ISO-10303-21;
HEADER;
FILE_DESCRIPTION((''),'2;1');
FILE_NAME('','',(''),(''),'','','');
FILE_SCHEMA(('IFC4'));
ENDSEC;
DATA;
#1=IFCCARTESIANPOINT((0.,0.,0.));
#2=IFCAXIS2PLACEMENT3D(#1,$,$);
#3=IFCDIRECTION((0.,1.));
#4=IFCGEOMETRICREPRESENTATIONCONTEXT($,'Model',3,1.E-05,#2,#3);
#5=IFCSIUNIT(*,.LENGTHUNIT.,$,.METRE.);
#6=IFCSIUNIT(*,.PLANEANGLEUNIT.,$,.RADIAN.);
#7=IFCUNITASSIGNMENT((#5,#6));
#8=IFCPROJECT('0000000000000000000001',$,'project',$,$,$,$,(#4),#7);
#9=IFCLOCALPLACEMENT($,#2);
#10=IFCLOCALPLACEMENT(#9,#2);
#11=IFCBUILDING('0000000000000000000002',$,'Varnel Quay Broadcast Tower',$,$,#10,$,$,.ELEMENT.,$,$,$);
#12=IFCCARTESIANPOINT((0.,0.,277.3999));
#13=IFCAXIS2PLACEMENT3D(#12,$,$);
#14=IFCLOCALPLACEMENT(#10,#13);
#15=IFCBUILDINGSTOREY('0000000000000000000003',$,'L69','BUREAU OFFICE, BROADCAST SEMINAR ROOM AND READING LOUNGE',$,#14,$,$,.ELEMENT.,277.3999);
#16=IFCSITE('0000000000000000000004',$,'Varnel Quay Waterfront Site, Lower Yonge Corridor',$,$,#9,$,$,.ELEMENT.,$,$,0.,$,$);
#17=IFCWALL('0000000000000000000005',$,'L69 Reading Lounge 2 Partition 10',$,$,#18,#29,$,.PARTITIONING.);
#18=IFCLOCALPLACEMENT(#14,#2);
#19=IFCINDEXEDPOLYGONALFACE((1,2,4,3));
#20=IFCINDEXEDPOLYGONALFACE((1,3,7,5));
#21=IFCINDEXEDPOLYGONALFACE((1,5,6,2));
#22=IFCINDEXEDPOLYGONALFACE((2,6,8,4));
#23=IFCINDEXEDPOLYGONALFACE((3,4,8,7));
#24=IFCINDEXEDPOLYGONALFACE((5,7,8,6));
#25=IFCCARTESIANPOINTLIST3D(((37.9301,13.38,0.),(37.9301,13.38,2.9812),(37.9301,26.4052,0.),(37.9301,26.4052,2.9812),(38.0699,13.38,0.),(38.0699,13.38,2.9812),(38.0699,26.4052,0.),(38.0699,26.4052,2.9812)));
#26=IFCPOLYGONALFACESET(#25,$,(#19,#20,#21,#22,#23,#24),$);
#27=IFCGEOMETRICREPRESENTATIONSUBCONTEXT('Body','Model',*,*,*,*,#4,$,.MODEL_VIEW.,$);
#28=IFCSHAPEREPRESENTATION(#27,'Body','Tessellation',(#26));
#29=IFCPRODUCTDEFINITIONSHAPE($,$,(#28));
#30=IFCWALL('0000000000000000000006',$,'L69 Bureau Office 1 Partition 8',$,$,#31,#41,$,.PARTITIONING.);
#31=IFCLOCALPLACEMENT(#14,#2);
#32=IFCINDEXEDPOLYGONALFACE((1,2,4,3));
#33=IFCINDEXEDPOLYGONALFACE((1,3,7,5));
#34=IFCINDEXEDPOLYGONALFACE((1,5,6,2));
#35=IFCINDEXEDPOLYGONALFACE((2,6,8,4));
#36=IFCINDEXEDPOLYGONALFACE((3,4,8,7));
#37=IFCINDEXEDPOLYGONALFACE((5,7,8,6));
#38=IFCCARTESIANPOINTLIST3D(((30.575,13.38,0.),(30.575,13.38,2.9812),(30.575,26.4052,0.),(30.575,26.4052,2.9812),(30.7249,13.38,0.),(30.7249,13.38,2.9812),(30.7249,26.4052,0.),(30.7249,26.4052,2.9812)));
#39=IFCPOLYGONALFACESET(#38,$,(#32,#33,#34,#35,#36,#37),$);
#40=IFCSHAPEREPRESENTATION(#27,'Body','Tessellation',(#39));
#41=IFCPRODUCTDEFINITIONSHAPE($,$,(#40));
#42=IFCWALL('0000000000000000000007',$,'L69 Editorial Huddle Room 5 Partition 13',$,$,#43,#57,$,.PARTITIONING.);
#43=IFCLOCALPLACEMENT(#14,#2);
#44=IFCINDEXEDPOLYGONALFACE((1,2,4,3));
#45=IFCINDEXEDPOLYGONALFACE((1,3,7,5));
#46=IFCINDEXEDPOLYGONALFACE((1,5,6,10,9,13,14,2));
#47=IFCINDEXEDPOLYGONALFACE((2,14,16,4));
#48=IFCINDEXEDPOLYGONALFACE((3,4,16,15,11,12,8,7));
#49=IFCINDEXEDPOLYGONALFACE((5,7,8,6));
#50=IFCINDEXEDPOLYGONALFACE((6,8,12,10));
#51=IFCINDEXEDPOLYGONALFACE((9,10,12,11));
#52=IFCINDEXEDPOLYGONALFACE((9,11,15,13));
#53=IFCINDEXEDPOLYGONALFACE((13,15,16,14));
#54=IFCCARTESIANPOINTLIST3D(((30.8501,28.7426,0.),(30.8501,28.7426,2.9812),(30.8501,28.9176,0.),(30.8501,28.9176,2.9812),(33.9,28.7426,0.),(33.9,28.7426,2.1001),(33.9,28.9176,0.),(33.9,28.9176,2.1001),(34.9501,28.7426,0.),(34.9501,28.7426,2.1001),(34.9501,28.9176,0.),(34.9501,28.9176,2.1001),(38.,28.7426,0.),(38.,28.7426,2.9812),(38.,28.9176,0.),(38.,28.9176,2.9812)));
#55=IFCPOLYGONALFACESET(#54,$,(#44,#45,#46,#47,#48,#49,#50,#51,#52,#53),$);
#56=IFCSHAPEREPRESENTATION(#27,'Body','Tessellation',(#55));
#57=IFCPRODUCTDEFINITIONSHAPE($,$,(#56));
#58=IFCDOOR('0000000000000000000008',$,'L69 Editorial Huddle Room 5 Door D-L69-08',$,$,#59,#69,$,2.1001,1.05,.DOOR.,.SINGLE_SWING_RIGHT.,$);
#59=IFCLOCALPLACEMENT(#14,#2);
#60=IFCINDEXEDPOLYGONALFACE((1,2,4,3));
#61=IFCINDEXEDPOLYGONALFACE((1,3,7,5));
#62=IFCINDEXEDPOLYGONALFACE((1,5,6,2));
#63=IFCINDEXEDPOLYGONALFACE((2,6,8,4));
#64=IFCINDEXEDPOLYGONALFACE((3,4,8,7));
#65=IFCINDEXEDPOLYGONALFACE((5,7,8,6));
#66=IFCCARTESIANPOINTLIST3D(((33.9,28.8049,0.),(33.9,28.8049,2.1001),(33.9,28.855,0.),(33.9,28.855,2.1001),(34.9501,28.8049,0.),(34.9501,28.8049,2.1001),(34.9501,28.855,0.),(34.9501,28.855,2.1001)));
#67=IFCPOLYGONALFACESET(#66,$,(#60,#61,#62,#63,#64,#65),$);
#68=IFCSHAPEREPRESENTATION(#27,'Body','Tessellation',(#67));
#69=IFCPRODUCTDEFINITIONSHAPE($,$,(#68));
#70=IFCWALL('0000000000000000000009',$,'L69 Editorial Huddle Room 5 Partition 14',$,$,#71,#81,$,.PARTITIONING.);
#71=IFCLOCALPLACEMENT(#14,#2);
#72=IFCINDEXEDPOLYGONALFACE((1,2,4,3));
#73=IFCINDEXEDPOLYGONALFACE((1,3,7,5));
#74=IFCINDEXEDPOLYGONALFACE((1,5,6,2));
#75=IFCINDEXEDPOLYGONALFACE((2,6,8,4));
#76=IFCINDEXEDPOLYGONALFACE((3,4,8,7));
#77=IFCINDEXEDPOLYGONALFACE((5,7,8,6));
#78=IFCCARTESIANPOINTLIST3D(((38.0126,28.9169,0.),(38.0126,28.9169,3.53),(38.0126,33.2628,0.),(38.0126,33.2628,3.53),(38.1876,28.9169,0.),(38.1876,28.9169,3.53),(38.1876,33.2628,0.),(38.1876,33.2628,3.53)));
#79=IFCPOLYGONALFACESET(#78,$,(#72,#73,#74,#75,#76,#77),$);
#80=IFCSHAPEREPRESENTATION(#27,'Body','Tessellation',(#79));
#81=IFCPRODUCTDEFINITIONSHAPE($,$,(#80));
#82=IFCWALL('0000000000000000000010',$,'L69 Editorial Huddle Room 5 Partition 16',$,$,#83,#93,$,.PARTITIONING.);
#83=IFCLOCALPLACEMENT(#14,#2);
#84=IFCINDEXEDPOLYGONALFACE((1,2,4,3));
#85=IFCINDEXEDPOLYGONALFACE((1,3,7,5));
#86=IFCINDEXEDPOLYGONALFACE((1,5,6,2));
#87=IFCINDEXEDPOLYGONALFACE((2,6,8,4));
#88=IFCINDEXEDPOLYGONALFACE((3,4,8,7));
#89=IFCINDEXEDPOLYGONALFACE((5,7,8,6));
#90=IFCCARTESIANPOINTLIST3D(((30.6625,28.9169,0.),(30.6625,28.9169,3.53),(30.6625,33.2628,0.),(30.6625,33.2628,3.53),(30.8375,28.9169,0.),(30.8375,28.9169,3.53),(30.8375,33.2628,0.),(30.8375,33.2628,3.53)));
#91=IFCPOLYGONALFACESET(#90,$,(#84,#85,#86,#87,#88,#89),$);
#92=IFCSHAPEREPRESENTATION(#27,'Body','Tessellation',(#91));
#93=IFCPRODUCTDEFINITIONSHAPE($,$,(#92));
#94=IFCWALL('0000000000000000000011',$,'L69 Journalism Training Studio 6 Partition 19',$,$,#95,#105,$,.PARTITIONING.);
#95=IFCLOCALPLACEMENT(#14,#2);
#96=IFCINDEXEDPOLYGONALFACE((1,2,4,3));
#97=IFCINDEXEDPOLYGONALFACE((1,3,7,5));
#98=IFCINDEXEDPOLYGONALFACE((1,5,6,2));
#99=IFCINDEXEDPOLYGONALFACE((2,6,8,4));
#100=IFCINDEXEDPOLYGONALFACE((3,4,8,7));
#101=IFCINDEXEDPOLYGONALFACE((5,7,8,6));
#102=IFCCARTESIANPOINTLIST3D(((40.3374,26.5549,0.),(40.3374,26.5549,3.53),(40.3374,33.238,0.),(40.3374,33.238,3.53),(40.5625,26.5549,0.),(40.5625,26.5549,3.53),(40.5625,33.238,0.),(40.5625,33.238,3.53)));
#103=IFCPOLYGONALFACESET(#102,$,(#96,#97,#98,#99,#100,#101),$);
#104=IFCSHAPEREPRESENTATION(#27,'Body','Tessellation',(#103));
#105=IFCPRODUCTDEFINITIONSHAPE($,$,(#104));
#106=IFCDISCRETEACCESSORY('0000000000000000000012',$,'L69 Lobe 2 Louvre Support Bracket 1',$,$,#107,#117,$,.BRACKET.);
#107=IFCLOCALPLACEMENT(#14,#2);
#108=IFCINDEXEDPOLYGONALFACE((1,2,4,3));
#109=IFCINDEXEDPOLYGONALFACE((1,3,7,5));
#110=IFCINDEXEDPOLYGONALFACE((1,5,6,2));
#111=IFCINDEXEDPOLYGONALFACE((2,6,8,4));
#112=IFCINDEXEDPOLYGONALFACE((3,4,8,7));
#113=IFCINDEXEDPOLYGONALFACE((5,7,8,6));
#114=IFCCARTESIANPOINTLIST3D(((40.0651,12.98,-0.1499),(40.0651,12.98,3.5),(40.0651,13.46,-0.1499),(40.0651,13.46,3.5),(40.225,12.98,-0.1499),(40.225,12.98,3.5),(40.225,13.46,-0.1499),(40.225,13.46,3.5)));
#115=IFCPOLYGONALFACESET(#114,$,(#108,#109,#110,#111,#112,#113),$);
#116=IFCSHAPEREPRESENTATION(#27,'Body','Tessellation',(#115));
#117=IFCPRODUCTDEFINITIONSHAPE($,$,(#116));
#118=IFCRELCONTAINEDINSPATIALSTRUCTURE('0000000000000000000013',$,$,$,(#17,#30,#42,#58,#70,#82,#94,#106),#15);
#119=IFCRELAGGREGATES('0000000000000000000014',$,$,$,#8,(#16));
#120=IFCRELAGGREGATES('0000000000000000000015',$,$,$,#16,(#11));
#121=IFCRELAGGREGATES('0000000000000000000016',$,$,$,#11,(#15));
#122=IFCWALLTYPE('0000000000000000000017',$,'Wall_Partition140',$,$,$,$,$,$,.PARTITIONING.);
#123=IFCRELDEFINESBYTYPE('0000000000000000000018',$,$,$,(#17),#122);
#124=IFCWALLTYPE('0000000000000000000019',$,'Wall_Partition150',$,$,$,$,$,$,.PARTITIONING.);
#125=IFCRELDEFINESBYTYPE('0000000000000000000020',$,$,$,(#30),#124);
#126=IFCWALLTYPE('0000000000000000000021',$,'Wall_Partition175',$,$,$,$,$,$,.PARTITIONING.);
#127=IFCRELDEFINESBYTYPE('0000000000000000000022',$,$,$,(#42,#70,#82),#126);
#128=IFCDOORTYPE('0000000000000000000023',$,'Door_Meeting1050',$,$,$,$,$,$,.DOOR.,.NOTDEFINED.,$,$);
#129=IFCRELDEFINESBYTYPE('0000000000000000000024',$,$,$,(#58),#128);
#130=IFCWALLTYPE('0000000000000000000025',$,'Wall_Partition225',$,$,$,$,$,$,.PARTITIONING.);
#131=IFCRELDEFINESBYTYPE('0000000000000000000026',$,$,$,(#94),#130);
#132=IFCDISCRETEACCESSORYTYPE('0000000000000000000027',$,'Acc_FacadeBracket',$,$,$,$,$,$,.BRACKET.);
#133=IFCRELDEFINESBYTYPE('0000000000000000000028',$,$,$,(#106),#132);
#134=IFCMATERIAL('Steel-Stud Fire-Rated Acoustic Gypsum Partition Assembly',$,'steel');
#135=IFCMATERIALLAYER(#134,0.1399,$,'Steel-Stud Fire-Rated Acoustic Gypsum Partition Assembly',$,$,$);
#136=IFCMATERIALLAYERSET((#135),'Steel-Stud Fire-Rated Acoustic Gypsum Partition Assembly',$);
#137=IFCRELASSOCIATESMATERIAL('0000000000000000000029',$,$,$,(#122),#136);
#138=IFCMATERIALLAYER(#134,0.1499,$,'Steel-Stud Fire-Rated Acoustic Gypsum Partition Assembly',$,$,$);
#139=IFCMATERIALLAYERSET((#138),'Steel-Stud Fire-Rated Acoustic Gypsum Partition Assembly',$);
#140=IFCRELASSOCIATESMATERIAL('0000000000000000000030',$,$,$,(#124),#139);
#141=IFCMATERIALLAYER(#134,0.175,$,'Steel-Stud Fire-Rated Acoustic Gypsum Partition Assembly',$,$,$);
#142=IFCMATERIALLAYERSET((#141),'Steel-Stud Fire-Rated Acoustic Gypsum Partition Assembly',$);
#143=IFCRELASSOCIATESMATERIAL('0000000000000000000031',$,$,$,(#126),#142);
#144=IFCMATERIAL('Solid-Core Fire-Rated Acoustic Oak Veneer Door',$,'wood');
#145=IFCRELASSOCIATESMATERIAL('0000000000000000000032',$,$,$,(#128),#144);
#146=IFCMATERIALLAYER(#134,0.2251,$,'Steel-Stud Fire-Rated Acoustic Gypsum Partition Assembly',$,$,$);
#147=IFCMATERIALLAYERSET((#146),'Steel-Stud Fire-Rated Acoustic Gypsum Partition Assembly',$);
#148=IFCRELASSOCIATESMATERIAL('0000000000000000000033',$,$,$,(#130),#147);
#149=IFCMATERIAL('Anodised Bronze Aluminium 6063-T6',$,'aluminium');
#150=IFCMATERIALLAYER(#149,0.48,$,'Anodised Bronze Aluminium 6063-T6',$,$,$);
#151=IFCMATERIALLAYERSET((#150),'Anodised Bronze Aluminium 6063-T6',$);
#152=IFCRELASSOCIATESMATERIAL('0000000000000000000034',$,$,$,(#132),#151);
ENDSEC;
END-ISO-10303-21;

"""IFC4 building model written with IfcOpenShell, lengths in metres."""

from ifc_helpers import new_model, si_unit, direction, frame, frame_2d, origin, origin_2d, place, context, subcontext, project, spatial, rectangle, extrude, source, transform, mapped, material, layer, layer_set, type_object, type_shapes, element, fill, save


model = new_model("IFC4")

# Units and contexts
model_context = context("Model", 3, precision=1e-05, world=origin(), true_north=direction((0.0, 1.0)))
body_context = subcontext(model_context, "Body", "Model", "MODEL_VIEW")
ifc_project = project(units=[si_unit("LENGTHUNIT", "METRE"), si_unit("PLANEANGLEUNIT", "RADIAN")], contexts=[model_context])

# Site, building, storey
site_placement = place(None, origin())
site = spatial("IfcSite", under=ifc_project, at=site_placement, Name="Varnel Quay Waterfront Site, Lower Yonge Corridor", CompositionType="ELEMENT", RefElevation=0.0)
building_placement = place(site_placement, origin())
building = spatial("IfcBuilding", under=site, at=building_placement, Name="Varnel Quay Broadcast Tower", CompositionType="ELEMENT")
storey_placement = place(building_placement, frame((0.0, 0.0, 277.3999)))
storey = spatial("IfcBuildingStorey", under=building, at=storey_placement, Name="L69", Description="BUREAU OFFICE, BROADCAST SEMINAR ROOM AND READING LOUNGE", CompositionType="ELEMENT", Elevation=277.3999)

# Shared definitions
ifc_material_1 = material(Name="Anodised Bronze Aluminium 6063-T6", Category="aluminium")

# Walls
ifc_material_2 = material(Name="Steel-Stud Fire-Rated Acoustic Gypsum Partition Assembly", Category="steel")
ifc_layer_1 = layer(ifc_material_2, 0.1399, Name="Steel-Stud Fire-Rated Acoustic Gypsum Partition Assembly")
ifc_layer_set_1 = layer_set([ifc_layer_1], Name="Steel-Stud Fire-Rated Acoustic Gypsum Partition Assembly")
wall_type_1 = type_object("IfcWallType", Name="Wall_Partition140", PredefinedType="PARTITIONING", material=ifc_layer_set_1)
wall_1_placement = place(storey_placement, frame((38.0, 13.3799, 0.0), z_axis=(0.0, 0.0, 1.0), x_axis=(0.0, 1.0, 0.0)))
element("IfcWall", 1, at=wall_1_placement, inside=storey, type_object=wall_type_1, Name="L69 Reading Lounge 2 Partition 10", PredefinedType="PARTITIONING", context=body_context, shape_type="SweptSolid", body=[
    extrude(rectangle(XDim=13.0251, YDim=0.1399, at=frame_2d((6.5127, 0.0))), origin(), (0.0, 0.0, 1.0), 2.9812),
])
ifc_layer_2 = layer(ifc_material_2, 0.1499, Name="Steel-Stud Fire-Rated Acoustic Gypsum Partition Assembly")
ifc_layer_set_2 = layer_set([ifc_layer_2], Name="Steel-Stud Fire-Rated Acoustic Gypsum Partition Assembly")
wall_type_2 = type_object("IfcWallType", Name="Wall_Partition150", PredefinedType="PARTITIONING", material=ifc_layer_set_2)
wall_2_placement = place(storey_placement, frame((30.6499, 13.3799, 0.0), z_axis=(0.0, 0.0, 1.0), x_axis=(0.0, 1.0, 0.0)))
element("IfcWall", 2, at=wall_2_placement, inside=storey, type_object=wall_type_2, Name="L69 Bureau Office 1 Partition 8", PredefinedType="PARTITIONING", context=body_context, shape_type="SweptSolid", body=[
    extrude(rectangle(XDim=13.0251, YDim=0.1499, at=frame_2d((6.5127, 0.0))), origin(), (0.0, 0.0, 1.0), 2.9812),
])

# Wall, opening, door
ifc_layer_3 = layer(ifc_material_2, 0.175, Name="Steel-Stud Fire-Rated Acoustic Gypsum Partition Assembly")
ifc_layer_set_3 = layer_set([ifc_layer_3], Name="Steel-Stud Fire-Rated Acoustic Gypsum Partition Assembly")
wall_type_3 = type_object("IfcWallType", Name="Wall_Partition175", PredefinedType="PARTITIONING", material=ifc_layer_set_3)
wall_3_placement = place(storey_placement, frame((30.8501, 28.8301, 0.0), z_axis=(0.0, 0.0, 1.0), x_axis=(1.0, 0.0, 0.0)))
wall_3 = element("IfcWall", 3, at=wall_3_placement, inside=storey, type_object=wall_type_3, Name="L69 Editorial Huddle Room 5 Partition 13", PredefinedType="PARTITIONING", context=body_context, shape_type="SweptSolid", body=[
    extrude(rectangle(XDim=7.1499, YDim=0.175, at=frame_2d((3.575, 0.0))), origin(), (0.0, 0.0, 1.0), 2.9812),
])
opening_placement = place(wall_3_placement, frame((3.05, 0.0, 0.0)))
opening = element("IfcOpeningElement", 4, at=opening_placement, cuts=wall_3, PredefinedType="OPENING", context=body_context, shape_type="SweptSolid", body=[
    extrude(rectangle(XDim=1.05, YDim=2.1001, at=frame_2d((0.5249, 1.05))), frame((0.0, 0.0977, 0.0), z_axis=(0.0, -1.0, 0.0), x_axis=(1.0, 0.0, 0.0)), (0.0, 0.0, 1.0), 0.1951),
])
ifc_material_3 = material(Name="Solid-Core Fire-Rated Acoustic Oak Veneer Door", Category="wood")
door_type = type_object("IfcDoorType", Name="Door_Meeting1050", OperationType="NOTDEFINED", PredefinedType="DOOR", material=ifc_material_3)
shared_shape_1 = source(origin(), body_context, "Body", "SweptSolid", [
    extrude(rectangle(XDim=1.05, YDim=2.1001, at=frame_2d((0.5249, 1.05))), frame((0.0, 0.0249, 0.0), z_axis=(0.0, -1.0, 0.0), x_axis=(1.0, 0.0, 0.0)), (0.0, 0.0, 1.0), 0.05),
])
type_shapes(door_type, [shared_shape_1])
door_placement = place(opening_placement, origin())
door = element("IfcDoor", 5, at=door_placement, inside=storey, type_object=door_type, Name="L69 Editorial Huddle Room 5 Door D-L69-08", OperationType="SINGLE_SWING_RIGHT", OverallHeight=2.1001, OverallWidth=1.05, PredefinedType="DOOR", context=body_context, shape_type="MappedRepresentation", body=[
    mapped(shared_shape_1, transform((0.0, 0.0, 0.0), x_axis=(1.0, 0.0, 0.0), y_axis=(0.0, 1.0, 0.0), z_axis=(0.0, 0.0, 1.0), scale=1.0)),
])
fill(opening, door)

# Walls
for number, where, z_axis, x_axis, name in (
    (6, (38.1001, 28.917, 0.0), (0.0, 0.0, 1.0), (0.0, 1.0, 0.0), "L69 Editorial Huddle Room 5 Partition 14"),
    (7, (30.75, 28.917, 0.0), (0.0, 0.0, 1.0), (0.0, 1.0, 0.0), "L69 Editorial Huddle Room 5 Partition 16"),
):
    element("IfcWall", number, at=place(storey_placement, frame(where, z_axis=z_axis, x_axis=x_axis)), inside=storey, type_object=wall_type_3, Name=name, PredefinedType="PARTITIONING", context=body_context, shape_type="SweptSolid", body=[
        extrude(rectangle(XDim=4.3459, YDim=0.175, at=frame_2d((2.1729, 0.0))), origin(), (0.0, 0.0, 1.0), 3.53),
    ])
ifc_layer_4 = layer(ifc_material_2, 0.2251, Name="Steel-Stud Fire-Rated Acoustic Gypsum Partition Assembly")
ifc_layer_set_4 = layer_set([ifc_layer_4], Name="Steel-Stud Fire-Rated Acoustic Gypsum Partition Assembly")
wall_type_4 = type_object("IfcWallType", Name="Wall_Partition225", PredefinedType="PARTITIONING", material=ifc_layer_set_4)
wall_4_placement = place(storey_placement, frame((40.45, 26.5549, 0.0), z_axis=(0.0, 0.0, 1.0), x_axis=(0.0, 1.0, 0.0)))
element("IfcWall", 8, at=wall_4_placement, inside=storey, type_object=wall_type_4, Name="L69 Journalism Training Studio 6 Partition 19", PredefinedType="PARTITIONING", context=body_context, shape_type="SweptSolid", body=[
    extrude(rectangle(XDim=6.6831, YDim=0.2251, at=frame_2d((3.3416, 0.0))), origin(), (0.0, 0.0, 1.0), 3.53),
])

# Discrete accessory
ifc_layer_5 = layer(ifc_material_1, 0.48, Name="Anodised Bronze Aluminium 6063-T6")
ifc_layer_set_5 = layer_set([ifc_layer_5], Name="Anodised Bronze Aluminium 6063-T6")
discrete_accessory_type = type_object("IfcDiscreteAccessoryType", Name="Acc_FacadeBracket", PredefinedType="BRACKET", material=ifc_layer_set_5)
shared_shape_2 = source(origin(), body_context, "Body", "SweptSolid", [
    extrude(rectangle(XDim=0.1599, YDim=0.48, at=origin_2d()), origin(), (0.0, 0.0, 1.0), 3.6499),
])
type_shapes(discrete_accessory_type, [shared_shape_2])
discrete_accessory_placement = place(storey_placement, frame((40.145, 13.22, -0.1499), z_axis=(0.0, 0.0, 1.0), x_axis=(1.0, 0.0, 0.0)))
element("IfcDiscreteAccessory", 9, at=discrete_accessory_placement, inside=storey, type_object=discrete_accessory_type, Name="L69 Lobe 2 Louvre Support Bracket 1", PredefinedType="BRACKET", context=body_context, shape_type="MappedRepresentation", body=[
    mapped(shared_shape_2, transform((0.0, 0.0, 0.0), x_axis=(1.0, 0.0, 0.0), y_axis=(0.0, 1.0, 0.0), z_axis=(0.0, 0.0, 1.0), scale=1.0)),
])

save(model, "model.ifc")
